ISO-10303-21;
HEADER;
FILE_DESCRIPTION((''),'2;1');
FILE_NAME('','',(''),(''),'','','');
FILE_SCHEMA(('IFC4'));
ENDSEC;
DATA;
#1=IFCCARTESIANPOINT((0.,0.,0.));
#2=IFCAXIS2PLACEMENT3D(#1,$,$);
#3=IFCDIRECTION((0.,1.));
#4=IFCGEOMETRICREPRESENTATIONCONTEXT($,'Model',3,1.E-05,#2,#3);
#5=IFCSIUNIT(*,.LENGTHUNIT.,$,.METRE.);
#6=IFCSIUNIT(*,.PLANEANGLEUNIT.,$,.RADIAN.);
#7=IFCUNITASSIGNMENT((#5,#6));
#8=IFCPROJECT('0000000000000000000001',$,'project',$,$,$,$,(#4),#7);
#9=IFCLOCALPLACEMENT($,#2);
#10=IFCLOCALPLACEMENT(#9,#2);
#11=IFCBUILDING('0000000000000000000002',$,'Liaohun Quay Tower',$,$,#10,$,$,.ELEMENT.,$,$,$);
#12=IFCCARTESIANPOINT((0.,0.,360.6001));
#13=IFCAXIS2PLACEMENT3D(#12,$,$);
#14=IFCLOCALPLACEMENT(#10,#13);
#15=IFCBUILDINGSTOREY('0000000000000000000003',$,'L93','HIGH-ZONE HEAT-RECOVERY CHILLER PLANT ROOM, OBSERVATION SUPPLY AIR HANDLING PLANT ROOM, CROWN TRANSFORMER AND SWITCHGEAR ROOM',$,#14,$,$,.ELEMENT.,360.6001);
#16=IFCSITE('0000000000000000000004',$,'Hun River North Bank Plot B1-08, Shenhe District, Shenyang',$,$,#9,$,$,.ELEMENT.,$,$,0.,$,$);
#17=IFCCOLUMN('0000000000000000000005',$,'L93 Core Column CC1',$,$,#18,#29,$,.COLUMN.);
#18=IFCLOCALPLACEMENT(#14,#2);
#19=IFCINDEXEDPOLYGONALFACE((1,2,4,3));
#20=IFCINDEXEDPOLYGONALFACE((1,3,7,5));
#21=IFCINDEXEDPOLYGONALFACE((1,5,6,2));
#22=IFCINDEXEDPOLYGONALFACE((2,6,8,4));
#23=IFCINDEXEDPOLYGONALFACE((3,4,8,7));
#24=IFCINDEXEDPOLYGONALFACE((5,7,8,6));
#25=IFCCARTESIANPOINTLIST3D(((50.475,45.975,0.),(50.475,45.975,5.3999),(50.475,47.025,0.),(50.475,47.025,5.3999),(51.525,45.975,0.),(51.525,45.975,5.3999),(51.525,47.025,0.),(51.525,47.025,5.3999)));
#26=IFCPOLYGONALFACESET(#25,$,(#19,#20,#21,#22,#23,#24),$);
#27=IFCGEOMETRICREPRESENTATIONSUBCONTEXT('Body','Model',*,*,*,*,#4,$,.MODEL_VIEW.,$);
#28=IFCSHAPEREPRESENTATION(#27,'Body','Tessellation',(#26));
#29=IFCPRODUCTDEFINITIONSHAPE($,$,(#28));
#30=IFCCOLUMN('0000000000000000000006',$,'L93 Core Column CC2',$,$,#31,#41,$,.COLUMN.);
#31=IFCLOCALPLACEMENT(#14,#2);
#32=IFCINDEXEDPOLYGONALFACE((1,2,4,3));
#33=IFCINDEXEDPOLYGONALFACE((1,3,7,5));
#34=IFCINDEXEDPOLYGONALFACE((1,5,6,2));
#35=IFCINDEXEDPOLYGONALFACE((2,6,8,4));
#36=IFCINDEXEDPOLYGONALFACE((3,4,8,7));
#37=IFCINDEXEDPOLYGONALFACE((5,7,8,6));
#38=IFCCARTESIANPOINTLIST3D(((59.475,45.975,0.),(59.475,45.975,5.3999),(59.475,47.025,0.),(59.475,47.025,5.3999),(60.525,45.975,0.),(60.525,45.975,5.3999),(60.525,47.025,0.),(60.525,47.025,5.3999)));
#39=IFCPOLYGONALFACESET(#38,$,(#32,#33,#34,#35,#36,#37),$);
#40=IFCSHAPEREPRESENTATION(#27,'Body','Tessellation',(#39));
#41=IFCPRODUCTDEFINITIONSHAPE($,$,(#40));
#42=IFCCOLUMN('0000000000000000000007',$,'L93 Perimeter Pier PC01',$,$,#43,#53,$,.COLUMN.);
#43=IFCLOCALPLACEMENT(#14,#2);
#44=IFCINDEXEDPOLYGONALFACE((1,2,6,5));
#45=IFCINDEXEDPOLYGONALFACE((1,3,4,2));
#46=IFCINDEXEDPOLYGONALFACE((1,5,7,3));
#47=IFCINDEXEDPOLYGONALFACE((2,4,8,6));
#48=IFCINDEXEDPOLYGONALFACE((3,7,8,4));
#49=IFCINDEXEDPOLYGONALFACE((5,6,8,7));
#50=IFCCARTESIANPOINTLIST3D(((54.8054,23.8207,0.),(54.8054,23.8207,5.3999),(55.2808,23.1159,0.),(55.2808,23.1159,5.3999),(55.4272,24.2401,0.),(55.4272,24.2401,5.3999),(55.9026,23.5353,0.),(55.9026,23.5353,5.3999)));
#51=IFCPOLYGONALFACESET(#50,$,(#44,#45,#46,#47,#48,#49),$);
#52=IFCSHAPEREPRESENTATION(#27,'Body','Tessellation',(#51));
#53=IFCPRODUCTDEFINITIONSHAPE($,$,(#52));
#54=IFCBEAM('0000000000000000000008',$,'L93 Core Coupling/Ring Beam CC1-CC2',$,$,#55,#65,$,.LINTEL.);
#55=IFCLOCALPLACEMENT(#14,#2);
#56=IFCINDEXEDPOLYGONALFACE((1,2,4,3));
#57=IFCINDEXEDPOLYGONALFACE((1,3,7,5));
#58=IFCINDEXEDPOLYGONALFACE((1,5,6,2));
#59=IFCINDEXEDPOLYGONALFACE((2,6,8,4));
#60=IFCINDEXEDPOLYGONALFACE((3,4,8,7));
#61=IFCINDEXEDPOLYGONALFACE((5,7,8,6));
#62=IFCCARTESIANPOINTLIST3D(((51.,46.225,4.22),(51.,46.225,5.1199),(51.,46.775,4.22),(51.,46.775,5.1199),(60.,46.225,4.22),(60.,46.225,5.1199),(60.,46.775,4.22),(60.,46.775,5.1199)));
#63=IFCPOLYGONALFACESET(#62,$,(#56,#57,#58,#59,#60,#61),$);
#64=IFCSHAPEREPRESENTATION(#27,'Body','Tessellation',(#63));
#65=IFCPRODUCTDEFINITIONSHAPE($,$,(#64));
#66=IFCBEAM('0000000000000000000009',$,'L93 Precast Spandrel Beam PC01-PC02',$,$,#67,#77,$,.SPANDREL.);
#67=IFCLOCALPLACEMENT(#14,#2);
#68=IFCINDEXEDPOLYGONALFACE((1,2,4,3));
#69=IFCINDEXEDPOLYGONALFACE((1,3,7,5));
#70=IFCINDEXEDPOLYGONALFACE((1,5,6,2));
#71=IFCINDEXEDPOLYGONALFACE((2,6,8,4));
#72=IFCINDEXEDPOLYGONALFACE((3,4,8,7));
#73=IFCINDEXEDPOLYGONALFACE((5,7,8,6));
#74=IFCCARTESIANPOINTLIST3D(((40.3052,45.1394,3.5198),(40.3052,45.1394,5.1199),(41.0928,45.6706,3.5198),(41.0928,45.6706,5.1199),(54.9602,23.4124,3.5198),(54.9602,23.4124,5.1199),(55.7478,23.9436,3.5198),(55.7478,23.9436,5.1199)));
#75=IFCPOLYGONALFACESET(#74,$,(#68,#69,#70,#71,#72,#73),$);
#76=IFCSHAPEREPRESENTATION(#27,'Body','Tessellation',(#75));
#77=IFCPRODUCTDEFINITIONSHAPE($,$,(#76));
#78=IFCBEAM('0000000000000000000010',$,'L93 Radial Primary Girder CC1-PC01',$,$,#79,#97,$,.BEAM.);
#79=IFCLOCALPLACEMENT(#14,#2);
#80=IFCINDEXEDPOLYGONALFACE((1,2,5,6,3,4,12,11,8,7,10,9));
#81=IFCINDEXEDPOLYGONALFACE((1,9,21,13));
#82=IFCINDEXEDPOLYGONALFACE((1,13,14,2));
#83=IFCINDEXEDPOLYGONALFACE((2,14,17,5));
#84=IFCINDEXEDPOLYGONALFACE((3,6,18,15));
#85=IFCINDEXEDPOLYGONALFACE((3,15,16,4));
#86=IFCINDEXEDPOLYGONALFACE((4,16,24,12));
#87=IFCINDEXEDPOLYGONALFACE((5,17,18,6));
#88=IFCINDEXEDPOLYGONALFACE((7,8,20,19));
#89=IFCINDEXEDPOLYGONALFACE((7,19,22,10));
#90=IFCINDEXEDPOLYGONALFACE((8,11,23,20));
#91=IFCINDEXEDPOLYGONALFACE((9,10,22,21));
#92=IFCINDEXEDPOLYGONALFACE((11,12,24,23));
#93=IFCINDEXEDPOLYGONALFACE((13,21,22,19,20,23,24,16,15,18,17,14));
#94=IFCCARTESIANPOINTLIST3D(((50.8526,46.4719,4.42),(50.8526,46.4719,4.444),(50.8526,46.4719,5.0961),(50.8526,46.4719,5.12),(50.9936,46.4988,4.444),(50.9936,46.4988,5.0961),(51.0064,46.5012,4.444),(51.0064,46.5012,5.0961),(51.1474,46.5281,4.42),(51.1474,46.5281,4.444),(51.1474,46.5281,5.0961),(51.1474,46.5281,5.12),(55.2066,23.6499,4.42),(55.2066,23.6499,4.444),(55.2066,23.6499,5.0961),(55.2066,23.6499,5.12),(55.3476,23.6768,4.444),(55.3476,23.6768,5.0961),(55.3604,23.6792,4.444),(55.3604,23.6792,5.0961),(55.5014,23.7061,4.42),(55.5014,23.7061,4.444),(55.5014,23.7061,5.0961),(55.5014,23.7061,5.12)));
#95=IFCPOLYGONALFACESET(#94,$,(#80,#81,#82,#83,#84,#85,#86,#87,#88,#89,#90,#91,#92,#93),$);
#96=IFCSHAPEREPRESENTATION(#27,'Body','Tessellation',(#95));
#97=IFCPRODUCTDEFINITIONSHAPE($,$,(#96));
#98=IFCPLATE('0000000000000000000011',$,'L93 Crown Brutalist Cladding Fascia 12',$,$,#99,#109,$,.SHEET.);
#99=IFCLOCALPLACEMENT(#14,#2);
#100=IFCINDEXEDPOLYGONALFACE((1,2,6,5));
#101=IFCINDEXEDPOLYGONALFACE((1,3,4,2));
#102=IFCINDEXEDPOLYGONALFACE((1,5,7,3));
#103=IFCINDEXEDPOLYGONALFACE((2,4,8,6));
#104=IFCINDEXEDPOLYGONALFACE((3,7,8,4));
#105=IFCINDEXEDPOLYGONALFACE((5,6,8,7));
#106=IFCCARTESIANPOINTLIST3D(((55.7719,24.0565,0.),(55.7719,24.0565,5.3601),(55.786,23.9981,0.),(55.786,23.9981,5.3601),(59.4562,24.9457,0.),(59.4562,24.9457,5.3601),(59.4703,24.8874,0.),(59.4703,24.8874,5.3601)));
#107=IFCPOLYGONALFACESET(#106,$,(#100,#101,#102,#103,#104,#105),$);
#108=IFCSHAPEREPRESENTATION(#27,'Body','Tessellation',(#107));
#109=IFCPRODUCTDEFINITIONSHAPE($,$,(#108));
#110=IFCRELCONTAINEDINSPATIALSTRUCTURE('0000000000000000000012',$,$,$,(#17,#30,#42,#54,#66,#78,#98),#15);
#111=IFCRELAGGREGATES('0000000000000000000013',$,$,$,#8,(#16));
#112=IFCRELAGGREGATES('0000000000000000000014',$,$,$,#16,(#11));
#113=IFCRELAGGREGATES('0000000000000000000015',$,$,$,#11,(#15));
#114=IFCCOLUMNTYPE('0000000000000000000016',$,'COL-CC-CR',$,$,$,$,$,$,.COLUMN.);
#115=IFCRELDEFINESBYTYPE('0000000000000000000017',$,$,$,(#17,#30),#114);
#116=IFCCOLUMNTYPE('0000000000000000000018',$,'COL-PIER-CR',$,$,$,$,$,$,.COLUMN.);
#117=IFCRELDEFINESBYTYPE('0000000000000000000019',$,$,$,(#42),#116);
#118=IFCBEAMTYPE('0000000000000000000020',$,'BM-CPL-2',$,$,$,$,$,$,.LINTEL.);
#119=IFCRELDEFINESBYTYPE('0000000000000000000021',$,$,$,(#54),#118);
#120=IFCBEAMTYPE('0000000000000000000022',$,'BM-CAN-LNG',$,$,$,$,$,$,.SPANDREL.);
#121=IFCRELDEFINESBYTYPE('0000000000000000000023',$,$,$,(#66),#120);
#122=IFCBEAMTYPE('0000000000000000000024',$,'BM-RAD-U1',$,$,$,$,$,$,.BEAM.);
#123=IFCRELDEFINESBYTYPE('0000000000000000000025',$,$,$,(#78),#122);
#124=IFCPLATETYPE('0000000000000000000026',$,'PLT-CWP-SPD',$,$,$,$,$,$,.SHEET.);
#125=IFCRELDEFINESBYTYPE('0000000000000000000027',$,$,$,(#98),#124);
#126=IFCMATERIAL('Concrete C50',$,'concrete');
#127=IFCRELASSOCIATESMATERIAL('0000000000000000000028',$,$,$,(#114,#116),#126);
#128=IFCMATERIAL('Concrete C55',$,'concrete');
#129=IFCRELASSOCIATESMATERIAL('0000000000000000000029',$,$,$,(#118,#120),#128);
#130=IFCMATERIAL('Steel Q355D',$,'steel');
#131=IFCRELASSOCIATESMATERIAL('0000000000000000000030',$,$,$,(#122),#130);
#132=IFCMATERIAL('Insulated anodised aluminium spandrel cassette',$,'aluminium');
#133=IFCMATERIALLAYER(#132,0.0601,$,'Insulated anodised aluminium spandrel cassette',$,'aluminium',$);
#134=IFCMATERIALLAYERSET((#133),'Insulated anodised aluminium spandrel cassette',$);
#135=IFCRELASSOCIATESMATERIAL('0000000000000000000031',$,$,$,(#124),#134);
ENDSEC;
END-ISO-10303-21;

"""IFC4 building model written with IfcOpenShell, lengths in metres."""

from ifc_helpers import new_model, si_unit, direction, frame, origin, origin_2d, place, context, subcontext, project, spatial, rectangle, i_section, extrude, source, transform, mapped, material, layer, layer_set, material_profile, profile_set, type_object, element, save


model = new_model("IFC4")

# Units and contexts
model_context = context("Model", 3, precision=1e-05, world=origin(), true_north=direction((0.0, 1.0)))
body_context = subcontext(model_context, "Body", "Model", "MODEL_VIEW")
ifc_project = project(units=[si_unit("LENGTHUNIT", "METRE"), si_unit("PLANEANGLEUNIT", "RADIAN")], contexts=[model_context])

# Site, building, storey
site_placement = place(None, origin())
site = spatial("IfcSite", under=ifc_project, at=site_placement, Name="Hun River North Bank Plot B1-08, Shenhe District, Shenyang", CompositionType="ELEMENT", RefElevation=0.0)
building_placement = place(site_placement, origin())
building = spatial("IfcBuilding", under=site, at=building_placement, Name="Liaohun Quay Tower", CompositionType="ELEMENT")
storey_placement = place(building_placement, frame((0.0, 0.0, 360.6001)))
storey = spatial("IfcBuildingStorey", under=building, at=storey_placement, Name="L93", Description="HIGH-ZONE HEAT-RECOVERY CHILLER PLANT ROOM, OBSERVATION SUPPLY AIR HANDLING PLANT ROOM, CROWN TRANSFORMER AND SWITCHGEAR ROOM", CompositionType="ELEMENT", Elevation=360.6001)

# Columns
ifc_material_1 = material(Name="Concrete C50", Category="concrete")
ifc_material_profile_1 = material_profile(ifc_material_1, rectangle(XDim=1.05, YDim=1.05, at=origin_2d()), Name="RC1050x1050")
ifc_profile_set_1 = profile_set([ifc_material_profile_1], Name="Concrete C50")
column_type_1 = type_object("IfcColumnType", Name="COL-CC-CR", PredefinedType="COLUMN", material=ifc_profile_set_1)
shared_shape_1 = source(origin(), body_context, "Body", "SweptSolid", [
    extrude(rectangle(XDim=1.05, YDim=1.05, at=origin_2d()), origin(), (0.0, 0.0, 1.0), 5.3999),
])
for number, where, z_axis, x_axis, name in (
    (1, (51.0, 46.5, 0.0), (0.0, 0.0, 1.0), (1.0, 0.0, 0.0), "L93 Core Column CC1"),
    (2, (60.0, 46.5, 0.0), (0.0, 0.0, 1.0), (1.0, 0.0, 0.0), "L93 Core Column CC2"),
):
    element("IfcColumn", number, at=place(storey_placement, frame(where, z_axis=z_axis, x_axis=x_axis)), inside=storey, type_object=column_type_1, Name=name, PredefinedType="COLUMN", context=body_context, shape_type="MappedRepresentation", body=[
        mapped(shared_shape_1, transform((0.0, 0.0, 0.0), x_axis=(1.0, 0.0, 0.0), y_axis=(0.0, 1.0, 0.0), z_axis=(0.0, 0.0, 1.0), scale=1.0)),
    ])
ifc_material_profile_2 = material_profile(ifc_material_1, rectangle(XDim=0.8501, YDim=0.75, at=origin_2d()), Name="RC850x750")
ifc_profile_set_2 = profile_set([ifc_material_profile_2], Name="Concrete C50")
column_type_2 = type_object("IfcColumnType", Name="COL-PIER-CR", PredefinedType="COLUMN", material=ifc_profile_set_2)
shared_shape_2 = source(origin(), body_context, "Body", "SweptSolid", [
    extrude(rectangle(XDim=0.8501, YDim=0.75, at=origin_2d()), origin(), (0.0, 0.0, 1.0), 5.3999),
])
column_placement = place(storey_placement, frame((55.354, 23.678, 0.0), z_axis=(0.0, 0.0, 1.0), x_axis=(-0.559193, 0.829038, 0.0)))
element("IfcColumn", 3, at=column_placement, inside=storey, type_object=column_type_2, Name="L93 Perimeter Pier PC01", PredefinedType="COLUMN", context=body_context, shape_type="MappedRepresentation", body=[
    mapped(shared_shape_2, transform((0.0, 0.0, 0.0), x_axis=(1.0, 0.0, 0.0), y_axis=(0.0, 1.0, 0.0), z_axis=(0.0, 0.0, 1.0), scale=1.0)),
])

# Beams
ifc_material_2 = material(Name="Concrete C55", Category="concrete")
ifc_material_profile_3 = material_profile(ifc_material_2, rectangle(XDim=0.55, YDim=0.8999, at=origin_2d()), Name="RC550x900")
ifc_profile_set_3 = profile_set([ifc_material_profile_3], Name="Concrete C55")
beam_type_1 = type_object("IfcBeamType", Name="BM-CPL-2", PredefinedType="LINTEL", material=ifc_profile_set_3)
shared_shape_3 = source(origin(), body_context, "Body", "SweptSolid", [
    extrude(rectangle(XDim=0.55, YDim=0.8999, at=origin_2d()), origin(), (0.0, 0.0, 1.0), 9.0),
])
beam_1_placement = place(storey_placement, frame((51.0, 46.5, 4.6699), z_axis=(1.0, 0.0, 0.0), x_axis=(0.0, 1.0, 0.0)))
element("IfcBeam", 4, at=beam_1_placement, inside=storey, type_object=beam_type_1, Name="L93 Core Coupling/Ring Beam CC1-CC2", PredefinedType="LINTEL", context=body_context, shape_type="MappedRepresentation", body=[
    mapped(shared_shape_3, transform((0.0, 0.0, 0.0), x_axis=(1.0, 0.0, 0.0), y_axis=(0.0, 1.0, 0.0), z_axis=(0.0, 0.0, 1.0), scale=1.0)),
])
ifc_material_profile_4 = material_profile(ifc_material_2, rectangle(XDim=0.95, YDim=1.6001, at=origin_2d()), Name="RC950x1600")
ifc_profile_set_4 = profile_set([ifc_material_profile_4], Name="Concrete C55")
beam_type_2 = type_object("IfcBeamType", Name="BM-CAN-LNG", PredefinedType="SPANDREL", material=ifc_profile_set_4)
shared_shape_4 = source(origin(), body_context, "Body", "SweptSolid", [
    extrude(rectangle(XDim=0.95, YDim=1.6001, at=origin_2d()), origin(), (0.0, 0.0, 1.0), 26.2075),
])
beam_2_placement = place(storey_placement, frame((55.354, 23.678, 4.3198), z_axis=(-0.559192, 0.829038, 0.0), x_axis=(-0.829038, -0.559192, 0.0)))
element("IfcBeam", 5, at=beam_2_placement, inside=storey, type_object=beam_type_2, Name="L93 Precast Spandrel Beam PC01-PC02", PredefinedType="SPANDREL", context=body_context, shape_type="MappedRepresentation", body=[
    mapped(shared_shape_4, transform((0.0, 0.0, 0.0), x_axis=(1.0, 0.0, 0.0), y_axis=(0.0, 1.0, 0.0), z_axis=(0.0, 0.0, 1.0), scale=1.0)),
])
ifc_material_3 = material(Name="Steel Q355D", Category="steel")
ifc_material_profile_5 = material_profile(ifc_material_3, i_section(OverallWidth=0.3, OverallDepth=0.7, WebThickness=0.0129, FlangeThickness=0.0239, at=origin_2d()), Name="HN700x300x13x24")
ifc_profile_set_5 = profile_set([ifc_material_profile_5], Name="Steel Q355D")
beam_type_3 = type_object("IfcBeamType", Name="BM-RAD-U1", PredefinedType="BEAM", material=ifc_profile_set_5)
shared_shape_5 = source(origin(), body_context, "Body", "SweptSolid", [
    extrude(i_section(OverallWidth=0.3, OverallDepth=0.7, WebThickness=0.0129, FlangeThickness=0.0239, at=origin_2d()), origin(), (0.0, 0.0, 1.0), 23.2336),
])
beam_3_placement = place(storey_placement, frame((51.0, 46.5, 4.77), z_axis=(0.187401, -0.982284, 0.0), x_axis=(0.982284, 0.187401, 0.0)))
element("IfcBeam", 6, at=beam_3_placement, inside=storey, type_object=beam_type_3, Name="L93 Radial Primary Girder CC1-PC01", PredefinedType="BEAM", context=body_context, shape_type="MappedRepresentation", body=[
    mapped(shared_shape_5, transform((0.0, 0.0, 0.0), x_axis=(1.0, 0.0, 0.0), y_axis=(0.0, 1.0, 0.0), z_axis=(0.0, 0.0, 1.0), scale=1.0)),
])

# Plate
ifc_material_4 = material(Name="Insulated anodised aluminium spandrel cassette", Category="aluminium")
ifc_layer_1 = layer(ifc_material_4, 0.0601, Name="Insulated anodised aluminium spandrel cassette", Category="aluminium")
ifc_layer_set_1 = layer_set([ifc_layer_1], Name="Insulated anodised aluminium spandrel cassette")
plate_type = type_object("IfcPlateType", Name="PLT-CWP-SPD", PredefinedType="SHEET", material=ifc_layer_set_1)
shared_shape_6 = source(origin(), body_context, "Body", "SweptSolid", [
    extrude(rectangle(XDim=3.79, YDim=0.0601, at=origin_2d()), origin(), (0.0, 0.0, 1.0), 5.3601),
])
plate_placement = place(storey_placement, frame((57.6211, 24.4719, 0.0), z_axis=(0.0, 0.0, 1.0), x_axis=(0.972084, 0.234633, 0.0)))
element("IfcPlate", 7, at=plate_placement, inside=storey, type_object=plate_type, Name="L93 Crown Brutalist Cladding Fascia 12", PredefinedType="SHEET", context=body_context, shape_type="MappedRepresentation", body=[
    mapped(shared_shape_6, transform((0.0, 0.0, 0.0), x_axis=(1.0, 0.0, 0.0), y_axis=(0.0, 1.0, 0.0), z_axis=(0.0, 0.0, 1.0), scale=1.0)),
])

save(model, "model.ifc")
